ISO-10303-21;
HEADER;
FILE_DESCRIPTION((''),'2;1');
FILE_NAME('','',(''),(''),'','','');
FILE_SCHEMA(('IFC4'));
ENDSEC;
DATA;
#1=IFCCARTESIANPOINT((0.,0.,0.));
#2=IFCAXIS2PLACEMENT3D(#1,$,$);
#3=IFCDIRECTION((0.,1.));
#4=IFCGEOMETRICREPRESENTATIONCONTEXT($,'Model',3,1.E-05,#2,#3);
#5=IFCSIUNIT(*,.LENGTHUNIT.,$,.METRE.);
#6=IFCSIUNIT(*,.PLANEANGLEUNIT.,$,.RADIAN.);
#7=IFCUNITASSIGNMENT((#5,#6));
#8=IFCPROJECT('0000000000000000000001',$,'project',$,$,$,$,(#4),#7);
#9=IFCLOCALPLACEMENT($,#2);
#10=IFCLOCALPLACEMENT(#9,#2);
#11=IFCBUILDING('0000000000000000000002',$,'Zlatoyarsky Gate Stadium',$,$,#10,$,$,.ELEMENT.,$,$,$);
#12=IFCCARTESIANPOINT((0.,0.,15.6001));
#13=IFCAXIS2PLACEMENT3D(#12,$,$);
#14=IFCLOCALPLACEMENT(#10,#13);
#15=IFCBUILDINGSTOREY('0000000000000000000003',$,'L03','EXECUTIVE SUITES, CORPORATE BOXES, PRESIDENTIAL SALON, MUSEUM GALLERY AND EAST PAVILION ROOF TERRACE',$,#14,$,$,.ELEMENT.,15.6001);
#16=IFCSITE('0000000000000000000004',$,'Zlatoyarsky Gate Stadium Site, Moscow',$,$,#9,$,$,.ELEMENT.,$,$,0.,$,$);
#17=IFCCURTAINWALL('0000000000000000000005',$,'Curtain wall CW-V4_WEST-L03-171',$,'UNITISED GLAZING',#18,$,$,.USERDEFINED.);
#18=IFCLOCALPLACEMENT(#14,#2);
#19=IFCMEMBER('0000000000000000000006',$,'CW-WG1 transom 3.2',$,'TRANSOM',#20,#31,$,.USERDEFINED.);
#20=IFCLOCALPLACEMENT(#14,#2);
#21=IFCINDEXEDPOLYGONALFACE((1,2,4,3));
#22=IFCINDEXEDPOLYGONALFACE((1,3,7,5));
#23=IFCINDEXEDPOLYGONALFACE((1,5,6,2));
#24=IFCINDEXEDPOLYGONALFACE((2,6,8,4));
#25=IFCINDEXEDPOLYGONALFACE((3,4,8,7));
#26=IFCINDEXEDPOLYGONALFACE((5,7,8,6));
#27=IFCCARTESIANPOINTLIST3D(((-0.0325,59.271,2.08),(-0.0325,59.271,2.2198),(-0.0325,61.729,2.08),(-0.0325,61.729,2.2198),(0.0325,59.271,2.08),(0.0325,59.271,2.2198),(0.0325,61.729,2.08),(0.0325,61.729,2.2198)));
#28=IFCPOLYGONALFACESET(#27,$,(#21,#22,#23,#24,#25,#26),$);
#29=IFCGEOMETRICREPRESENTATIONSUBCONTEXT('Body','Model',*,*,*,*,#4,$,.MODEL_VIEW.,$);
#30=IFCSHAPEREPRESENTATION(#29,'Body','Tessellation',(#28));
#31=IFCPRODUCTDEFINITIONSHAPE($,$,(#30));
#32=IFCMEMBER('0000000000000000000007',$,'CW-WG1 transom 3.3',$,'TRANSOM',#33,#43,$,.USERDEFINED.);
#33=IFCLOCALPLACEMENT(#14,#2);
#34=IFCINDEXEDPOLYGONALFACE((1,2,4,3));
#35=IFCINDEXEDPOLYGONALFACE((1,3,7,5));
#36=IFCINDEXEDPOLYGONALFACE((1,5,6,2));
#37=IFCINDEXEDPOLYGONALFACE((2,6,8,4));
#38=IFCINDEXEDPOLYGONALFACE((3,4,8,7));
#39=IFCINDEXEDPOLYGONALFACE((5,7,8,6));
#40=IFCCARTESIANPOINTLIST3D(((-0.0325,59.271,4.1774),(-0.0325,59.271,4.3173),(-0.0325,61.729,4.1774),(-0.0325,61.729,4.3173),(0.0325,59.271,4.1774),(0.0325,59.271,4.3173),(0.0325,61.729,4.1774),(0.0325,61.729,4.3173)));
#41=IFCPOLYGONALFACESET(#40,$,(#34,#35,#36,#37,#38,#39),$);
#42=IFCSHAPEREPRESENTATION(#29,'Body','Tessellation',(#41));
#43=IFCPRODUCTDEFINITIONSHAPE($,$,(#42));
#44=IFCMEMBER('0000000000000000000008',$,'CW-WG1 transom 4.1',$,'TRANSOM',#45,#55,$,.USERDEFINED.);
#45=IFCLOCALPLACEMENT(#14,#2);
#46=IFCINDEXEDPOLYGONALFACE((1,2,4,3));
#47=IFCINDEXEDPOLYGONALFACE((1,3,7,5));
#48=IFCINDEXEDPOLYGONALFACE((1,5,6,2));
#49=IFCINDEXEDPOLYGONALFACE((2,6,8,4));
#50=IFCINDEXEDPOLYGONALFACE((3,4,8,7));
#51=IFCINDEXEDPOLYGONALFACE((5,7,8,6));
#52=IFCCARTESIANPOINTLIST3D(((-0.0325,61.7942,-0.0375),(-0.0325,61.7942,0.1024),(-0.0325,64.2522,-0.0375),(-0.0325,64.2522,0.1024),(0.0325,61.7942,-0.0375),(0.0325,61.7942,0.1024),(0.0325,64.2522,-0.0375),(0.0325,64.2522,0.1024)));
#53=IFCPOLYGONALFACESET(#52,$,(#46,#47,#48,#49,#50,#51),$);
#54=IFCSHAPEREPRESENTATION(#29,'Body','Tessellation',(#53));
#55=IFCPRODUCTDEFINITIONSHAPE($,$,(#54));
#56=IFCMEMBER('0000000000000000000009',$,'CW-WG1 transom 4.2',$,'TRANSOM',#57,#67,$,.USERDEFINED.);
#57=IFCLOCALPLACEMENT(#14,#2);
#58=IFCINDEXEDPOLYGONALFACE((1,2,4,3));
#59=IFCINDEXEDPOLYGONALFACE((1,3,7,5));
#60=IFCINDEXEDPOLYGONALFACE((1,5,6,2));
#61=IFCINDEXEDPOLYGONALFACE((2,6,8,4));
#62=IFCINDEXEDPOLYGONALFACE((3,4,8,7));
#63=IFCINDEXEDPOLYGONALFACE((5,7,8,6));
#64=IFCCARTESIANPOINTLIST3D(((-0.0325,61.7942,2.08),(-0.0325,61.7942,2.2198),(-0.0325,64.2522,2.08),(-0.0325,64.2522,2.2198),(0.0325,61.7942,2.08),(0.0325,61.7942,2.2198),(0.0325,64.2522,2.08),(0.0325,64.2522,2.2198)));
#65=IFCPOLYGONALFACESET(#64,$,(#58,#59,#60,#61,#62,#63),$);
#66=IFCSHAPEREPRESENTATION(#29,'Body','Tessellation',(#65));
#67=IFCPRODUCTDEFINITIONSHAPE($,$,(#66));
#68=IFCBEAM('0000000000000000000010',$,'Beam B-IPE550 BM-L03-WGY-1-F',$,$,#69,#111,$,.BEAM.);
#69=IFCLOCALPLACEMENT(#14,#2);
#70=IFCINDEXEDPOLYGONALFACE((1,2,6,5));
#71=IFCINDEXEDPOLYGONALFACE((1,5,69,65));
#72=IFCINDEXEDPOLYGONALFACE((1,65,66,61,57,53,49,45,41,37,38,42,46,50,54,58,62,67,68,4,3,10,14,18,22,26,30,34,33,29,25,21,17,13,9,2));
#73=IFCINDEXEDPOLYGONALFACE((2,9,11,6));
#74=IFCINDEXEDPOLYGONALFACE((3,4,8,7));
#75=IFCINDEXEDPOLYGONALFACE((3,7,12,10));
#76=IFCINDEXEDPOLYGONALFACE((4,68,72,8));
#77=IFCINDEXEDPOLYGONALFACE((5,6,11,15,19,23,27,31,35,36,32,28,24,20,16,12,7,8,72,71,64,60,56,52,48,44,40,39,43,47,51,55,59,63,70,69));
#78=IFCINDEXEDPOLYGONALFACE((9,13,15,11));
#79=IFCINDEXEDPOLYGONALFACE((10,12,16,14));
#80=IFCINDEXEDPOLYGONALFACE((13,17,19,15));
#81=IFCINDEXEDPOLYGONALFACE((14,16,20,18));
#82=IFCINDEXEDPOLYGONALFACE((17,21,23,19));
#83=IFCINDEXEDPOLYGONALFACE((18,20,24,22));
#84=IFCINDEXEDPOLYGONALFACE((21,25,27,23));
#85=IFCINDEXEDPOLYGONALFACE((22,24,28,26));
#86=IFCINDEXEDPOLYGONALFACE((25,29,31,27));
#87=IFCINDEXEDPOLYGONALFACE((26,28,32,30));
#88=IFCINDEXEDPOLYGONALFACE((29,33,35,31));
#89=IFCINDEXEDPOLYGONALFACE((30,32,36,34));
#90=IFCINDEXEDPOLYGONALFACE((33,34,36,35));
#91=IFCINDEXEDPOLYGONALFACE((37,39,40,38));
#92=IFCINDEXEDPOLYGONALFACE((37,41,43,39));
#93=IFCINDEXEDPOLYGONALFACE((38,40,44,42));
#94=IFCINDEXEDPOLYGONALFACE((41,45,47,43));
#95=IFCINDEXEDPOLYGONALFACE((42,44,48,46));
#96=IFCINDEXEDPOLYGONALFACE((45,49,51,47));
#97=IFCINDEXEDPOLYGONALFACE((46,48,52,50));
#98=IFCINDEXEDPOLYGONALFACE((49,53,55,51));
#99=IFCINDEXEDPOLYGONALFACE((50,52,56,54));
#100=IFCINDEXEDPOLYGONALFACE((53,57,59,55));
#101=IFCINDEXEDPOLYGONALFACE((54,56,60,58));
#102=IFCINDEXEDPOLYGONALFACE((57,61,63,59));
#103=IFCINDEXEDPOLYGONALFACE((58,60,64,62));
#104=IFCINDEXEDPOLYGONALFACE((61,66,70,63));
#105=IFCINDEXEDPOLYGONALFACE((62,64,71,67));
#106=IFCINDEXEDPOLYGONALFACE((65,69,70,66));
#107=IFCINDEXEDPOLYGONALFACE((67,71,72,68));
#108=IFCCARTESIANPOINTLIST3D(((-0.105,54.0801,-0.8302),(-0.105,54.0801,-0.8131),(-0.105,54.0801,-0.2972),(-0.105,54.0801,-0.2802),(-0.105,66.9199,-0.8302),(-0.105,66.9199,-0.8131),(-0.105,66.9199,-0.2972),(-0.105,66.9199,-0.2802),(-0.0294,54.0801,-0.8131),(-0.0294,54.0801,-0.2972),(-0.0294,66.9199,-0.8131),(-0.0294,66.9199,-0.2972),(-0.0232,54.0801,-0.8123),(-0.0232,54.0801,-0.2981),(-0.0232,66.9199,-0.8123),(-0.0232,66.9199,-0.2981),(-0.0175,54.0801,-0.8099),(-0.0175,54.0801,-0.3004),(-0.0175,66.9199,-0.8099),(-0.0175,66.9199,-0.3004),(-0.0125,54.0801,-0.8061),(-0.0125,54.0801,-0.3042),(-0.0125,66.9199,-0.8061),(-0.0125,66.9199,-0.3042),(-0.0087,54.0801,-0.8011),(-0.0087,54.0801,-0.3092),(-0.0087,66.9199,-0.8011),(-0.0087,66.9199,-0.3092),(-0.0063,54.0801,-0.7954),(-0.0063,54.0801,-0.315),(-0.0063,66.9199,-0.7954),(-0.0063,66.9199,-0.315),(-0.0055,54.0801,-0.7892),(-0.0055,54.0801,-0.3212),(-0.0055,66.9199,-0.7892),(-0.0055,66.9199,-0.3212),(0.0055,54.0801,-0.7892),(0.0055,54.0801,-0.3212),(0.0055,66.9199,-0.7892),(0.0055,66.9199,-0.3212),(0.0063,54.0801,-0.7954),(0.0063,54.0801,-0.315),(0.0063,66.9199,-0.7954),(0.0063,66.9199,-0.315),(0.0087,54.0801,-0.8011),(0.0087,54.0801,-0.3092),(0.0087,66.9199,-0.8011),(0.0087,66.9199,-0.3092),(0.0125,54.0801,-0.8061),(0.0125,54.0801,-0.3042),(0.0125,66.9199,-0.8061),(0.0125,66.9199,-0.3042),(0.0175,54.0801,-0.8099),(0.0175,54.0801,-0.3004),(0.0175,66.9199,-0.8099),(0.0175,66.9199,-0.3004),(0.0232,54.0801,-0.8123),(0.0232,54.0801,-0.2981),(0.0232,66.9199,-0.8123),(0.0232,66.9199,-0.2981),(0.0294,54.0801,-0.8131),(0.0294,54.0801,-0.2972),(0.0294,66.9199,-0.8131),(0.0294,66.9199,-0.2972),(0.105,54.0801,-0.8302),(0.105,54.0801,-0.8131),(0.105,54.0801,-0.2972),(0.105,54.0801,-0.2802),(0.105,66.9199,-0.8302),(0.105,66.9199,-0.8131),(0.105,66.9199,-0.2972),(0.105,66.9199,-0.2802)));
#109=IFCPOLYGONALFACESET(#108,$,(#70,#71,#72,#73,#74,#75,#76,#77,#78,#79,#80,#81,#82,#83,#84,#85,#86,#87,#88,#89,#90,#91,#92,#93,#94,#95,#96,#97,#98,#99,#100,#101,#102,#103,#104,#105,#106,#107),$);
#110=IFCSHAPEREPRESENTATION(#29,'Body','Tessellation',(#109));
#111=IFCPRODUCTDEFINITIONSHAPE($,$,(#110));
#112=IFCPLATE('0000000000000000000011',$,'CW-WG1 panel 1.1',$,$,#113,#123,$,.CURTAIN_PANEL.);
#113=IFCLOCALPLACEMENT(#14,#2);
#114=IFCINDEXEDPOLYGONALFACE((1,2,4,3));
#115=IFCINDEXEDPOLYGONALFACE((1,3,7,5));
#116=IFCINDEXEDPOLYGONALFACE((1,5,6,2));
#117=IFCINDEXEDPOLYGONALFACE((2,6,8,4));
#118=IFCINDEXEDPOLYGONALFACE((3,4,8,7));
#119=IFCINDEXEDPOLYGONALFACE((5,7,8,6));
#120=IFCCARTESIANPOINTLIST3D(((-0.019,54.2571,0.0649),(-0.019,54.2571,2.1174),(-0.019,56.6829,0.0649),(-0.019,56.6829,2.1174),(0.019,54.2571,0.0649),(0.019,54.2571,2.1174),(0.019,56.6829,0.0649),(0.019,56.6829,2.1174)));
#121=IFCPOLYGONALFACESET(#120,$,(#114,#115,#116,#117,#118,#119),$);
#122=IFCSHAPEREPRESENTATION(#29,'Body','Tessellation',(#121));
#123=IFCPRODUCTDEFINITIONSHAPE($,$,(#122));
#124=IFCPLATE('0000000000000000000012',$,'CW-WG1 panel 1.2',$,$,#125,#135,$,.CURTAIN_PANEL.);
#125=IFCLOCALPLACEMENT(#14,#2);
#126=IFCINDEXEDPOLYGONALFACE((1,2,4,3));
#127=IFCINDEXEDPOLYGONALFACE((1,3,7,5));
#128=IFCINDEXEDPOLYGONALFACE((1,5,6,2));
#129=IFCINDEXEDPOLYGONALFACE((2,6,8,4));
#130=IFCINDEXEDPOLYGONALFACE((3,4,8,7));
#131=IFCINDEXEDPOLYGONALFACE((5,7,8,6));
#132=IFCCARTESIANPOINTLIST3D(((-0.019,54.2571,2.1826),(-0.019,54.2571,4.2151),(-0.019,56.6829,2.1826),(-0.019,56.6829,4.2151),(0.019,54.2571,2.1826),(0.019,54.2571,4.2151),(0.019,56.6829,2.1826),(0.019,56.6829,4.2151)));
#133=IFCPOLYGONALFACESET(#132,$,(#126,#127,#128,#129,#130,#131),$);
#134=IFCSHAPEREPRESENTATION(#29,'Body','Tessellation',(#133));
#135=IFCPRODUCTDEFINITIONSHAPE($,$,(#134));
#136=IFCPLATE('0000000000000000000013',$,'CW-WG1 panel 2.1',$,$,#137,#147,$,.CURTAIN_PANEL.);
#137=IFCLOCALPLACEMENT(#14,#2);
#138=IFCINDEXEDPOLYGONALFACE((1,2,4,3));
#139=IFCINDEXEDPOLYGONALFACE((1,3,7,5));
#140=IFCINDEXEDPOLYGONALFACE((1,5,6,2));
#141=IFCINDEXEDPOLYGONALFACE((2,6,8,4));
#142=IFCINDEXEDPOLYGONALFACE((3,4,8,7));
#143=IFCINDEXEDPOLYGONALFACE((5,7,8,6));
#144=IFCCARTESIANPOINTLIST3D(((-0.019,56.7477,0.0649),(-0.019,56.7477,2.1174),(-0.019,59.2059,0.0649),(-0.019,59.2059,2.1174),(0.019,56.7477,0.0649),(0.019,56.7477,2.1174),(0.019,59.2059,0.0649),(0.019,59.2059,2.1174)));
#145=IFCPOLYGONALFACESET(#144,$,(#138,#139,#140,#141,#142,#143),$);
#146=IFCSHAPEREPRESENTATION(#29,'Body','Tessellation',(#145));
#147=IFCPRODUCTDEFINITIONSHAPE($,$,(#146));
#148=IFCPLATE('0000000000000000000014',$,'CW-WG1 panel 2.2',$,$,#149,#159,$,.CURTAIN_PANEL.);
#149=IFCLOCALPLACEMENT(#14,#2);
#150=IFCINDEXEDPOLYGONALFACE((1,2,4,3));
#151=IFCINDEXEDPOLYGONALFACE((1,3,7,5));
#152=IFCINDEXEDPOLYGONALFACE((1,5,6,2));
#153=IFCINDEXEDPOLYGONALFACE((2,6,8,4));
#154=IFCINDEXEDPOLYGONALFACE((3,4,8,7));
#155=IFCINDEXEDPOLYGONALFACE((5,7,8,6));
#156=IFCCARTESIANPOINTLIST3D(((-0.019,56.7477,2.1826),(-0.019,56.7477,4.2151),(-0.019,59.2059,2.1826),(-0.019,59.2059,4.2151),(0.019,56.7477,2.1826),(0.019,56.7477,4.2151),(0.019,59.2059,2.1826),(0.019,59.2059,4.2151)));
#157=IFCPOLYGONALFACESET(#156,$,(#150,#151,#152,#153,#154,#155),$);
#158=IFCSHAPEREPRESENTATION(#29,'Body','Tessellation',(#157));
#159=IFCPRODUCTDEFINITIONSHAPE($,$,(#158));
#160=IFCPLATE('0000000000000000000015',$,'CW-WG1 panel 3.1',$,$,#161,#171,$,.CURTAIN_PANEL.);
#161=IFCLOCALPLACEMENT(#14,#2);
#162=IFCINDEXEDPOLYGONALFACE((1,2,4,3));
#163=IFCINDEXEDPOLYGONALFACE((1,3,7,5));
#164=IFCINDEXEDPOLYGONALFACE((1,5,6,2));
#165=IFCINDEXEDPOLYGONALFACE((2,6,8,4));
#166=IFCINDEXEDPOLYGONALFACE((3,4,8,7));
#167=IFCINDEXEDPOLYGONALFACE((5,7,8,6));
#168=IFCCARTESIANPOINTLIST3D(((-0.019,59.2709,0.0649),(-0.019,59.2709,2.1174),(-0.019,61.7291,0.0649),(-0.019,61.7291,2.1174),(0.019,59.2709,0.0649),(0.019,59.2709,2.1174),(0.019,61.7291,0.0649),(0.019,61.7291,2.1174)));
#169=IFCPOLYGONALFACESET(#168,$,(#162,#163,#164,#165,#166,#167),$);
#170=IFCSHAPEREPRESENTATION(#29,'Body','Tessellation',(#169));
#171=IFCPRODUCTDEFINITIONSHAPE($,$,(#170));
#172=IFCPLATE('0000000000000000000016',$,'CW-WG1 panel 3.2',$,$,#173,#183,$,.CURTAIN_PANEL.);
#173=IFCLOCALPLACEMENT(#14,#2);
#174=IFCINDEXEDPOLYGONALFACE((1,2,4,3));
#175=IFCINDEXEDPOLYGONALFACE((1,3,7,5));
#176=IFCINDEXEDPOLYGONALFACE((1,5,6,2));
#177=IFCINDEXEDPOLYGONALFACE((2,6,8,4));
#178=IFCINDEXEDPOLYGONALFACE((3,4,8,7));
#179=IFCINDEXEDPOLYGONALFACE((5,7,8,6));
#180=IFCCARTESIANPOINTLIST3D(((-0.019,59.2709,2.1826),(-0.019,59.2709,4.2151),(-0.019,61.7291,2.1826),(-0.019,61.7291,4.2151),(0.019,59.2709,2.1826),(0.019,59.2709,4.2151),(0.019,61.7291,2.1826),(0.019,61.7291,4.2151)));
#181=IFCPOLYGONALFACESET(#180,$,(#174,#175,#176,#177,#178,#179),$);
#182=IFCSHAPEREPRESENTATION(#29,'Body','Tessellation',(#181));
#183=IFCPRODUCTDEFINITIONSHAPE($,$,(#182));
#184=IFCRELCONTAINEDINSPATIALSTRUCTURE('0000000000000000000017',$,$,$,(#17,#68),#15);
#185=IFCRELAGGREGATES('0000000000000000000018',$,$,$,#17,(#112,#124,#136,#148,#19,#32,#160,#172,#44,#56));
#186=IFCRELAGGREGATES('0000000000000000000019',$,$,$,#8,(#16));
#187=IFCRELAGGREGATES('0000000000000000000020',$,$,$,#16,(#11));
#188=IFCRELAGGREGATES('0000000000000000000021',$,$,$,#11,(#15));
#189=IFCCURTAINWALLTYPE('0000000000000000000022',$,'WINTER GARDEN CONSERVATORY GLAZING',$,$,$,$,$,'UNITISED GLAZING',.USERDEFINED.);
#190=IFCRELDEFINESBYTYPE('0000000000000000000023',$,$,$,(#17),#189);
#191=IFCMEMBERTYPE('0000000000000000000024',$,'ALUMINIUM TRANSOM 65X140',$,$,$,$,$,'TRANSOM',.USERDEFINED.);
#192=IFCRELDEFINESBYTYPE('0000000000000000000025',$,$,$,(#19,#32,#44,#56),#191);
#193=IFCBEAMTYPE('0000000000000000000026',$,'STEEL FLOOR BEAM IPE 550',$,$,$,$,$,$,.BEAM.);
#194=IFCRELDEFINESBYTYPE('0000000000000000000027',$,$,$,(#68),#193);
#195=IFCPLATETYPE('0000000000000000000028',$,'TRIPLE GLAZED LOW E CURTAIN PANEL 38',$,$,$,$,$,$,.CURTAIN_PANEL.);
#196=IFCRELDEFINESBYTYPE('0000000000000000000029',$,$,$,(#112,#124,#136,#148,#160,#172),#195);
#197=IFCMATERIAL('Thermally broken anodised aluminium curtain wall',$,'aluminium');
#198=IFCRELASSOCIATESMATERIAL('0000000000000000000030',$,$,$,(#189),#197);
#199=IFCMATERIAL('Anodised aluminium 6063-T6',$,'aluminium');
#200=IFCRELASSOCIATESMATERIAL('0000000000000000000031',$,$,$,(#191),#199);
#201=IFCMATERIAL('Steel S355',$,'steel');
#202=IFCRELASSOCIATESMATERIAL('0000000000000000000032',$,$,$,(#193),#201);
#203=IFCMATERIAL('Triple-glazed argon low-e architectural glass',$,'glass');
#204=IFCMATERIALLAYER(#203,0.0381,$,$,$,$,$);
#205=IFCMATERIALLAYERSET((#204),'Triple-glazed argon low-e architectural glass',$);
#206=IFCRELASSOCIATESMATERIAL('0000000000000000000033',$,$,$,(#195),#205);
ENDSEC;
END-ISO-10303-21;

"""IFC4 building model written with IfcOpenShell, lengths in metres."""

from ifc_helpers import new_model, si_unit, direction, frame, origin, origin_2d, place, context, subcontext, project, spatial, rectangle, i_section, extrude, material, layer, layer_set, material_profile, profile_set, type_object, element, aggregate, save


model = new_model("IFC4")

# Units and contexts
model_context = context("Model", 3, precision=1e-05, world=origin(), true_north=direction((0.0, 1.0)))
body_context = subcontext(model_context, "Body", "Model", "MODEL_VIEW")
ifc_project = project(units=[si_unit("LENGTHUNIT", "METRE"), si_unit("PLANEANGLEUNIT", "RADIAN")], contexts=[model_context])

# Site, building, storey
site_placement = place(None, origin())
site = spatial("IfcSite", under=ifc_project, at=site_placement, Name="Zlatoyarsky Gate Stadium Site, Moscow", CompositionType="ELEMENT", RefElevation=0.0)
building_placement = place(site_placement, origin())
building = spatial("IfcBuilding", under=site, at=building_placement, Name="Zlatoyarsky Gate Stadium", CompositionType="ELEMENT")
storey_placement = place(building_placement, frame((0.0, 0.0, 15.6001)))
storey = spatial("IfcBuildingStorey", under=building, at=storey_placement, Name="L03", Description="EXECUTIVE SUITES, CORPORATE BOXES, PRESIDENTIAL SALON, MUSEUM GALLERY AND EAST PAVILION ROOF TERRACE", CompositionType="ELEMENT", Elevation=15.6001)

# Shared definitions
ifc_material_1 = material(Name="Steel S355", Category="steel")

# Curtain wall, members
ifc_material_2 = material(Name="Thermally broken anodised aluminium curtain wall", Category="aluminium")
curtain_wall_type = type_object("IfcCurtainWallType", Name="WINTER GARDEN CONSERVATORY GLAZING", ElementType="UNITISED GLAZING", PredefinedType="USERDEFINED", material=ifc_material_2)
curtain_wall_placement = place(storey_placement, origin())
curtain_wall = element("IfcCurtainWall", 1, at=curtain_wall_placement, inside=storey, type_object=curtain_wall_type, Name="Curtain wall CW-V4_WEST-L03-171", ObjectType="UNITISED GLAZING", PredefinedType="USERDEFINED")
ifc_material_3 = material(Name="Anodised aluminium 6063-T6", Category="aluminium")
ifc_material_profile_1 = material_profile(ifc_material_3, rectangle(XDim=0.0649, YDim=0.1399, at=origin_2d()), Name="ALU 65X140")
ifc_profile_set_1 = profile_set([ifc_material_profile_1], Name="Anodised aluminium 6063-T6")
member_type_1 = type_object("IfcMemberType", Name="ALUMINIUM TRANSOM 65X140", ElementType="TRANSOM", PredefinedType="USERDEFINED", material=ifc_profile_set_1)
member_1_placement = place(storey_placement, frame((0.0, 59.271, 2.1499), z_axis=(0.0, 1.0, 0.0), x_axis=(-1.0, 0.0, 0.0)))
member_1 = element("IfcMember", 2, at=member_1_placement, type_object=member_type_1, Name="CW-WG1 transom 3.2", ObjectType="TRANSOM", PredefinedType="USERDEFINED", context=body_context, shape_type="SweptSolid", body=[
    extrude(rectangle(XDim=0.0649, YDim=0.1399, at=origin_2d()), origin(), (0.0, 0.0, 1.0), 2.458),
])
member_2_placement = place(storey_placement, frame((0.0, 59.271, 4.2473), z_axis=(0.0, 1.0, 0.0), x_axis=(-1.0, 0.0, 0.0)))
member_2 = element("IfcMember", 3, at=member_2_placement, type_object=member_type_1, Name="CW-WG1 transom 3.3", ObjectType="TRANSOM", PredefinedType="USERDEFINED", context=body_context, shape_type="SweptSolid", body=[
    extrude(rectangle(XDim=0.0649, YDim=0.1399, at=origin_2d()), origin(), (0.0, 0.0, 1.0), 2.458),
])
member_3_placement = place(storey_placement, frame((0.0, 61.7942, 0.0325), z_axis=(0.0, 1.0, 0.0), x_axis=(-1.0, 0.0, 0.0)))
member_3 = element("IfcMember", 4, at=member_3_placement, type_object=member_type_1, Name="CW-WG1 transom 4.1", ObjectType="TRANSOM", PredefinedType="USERDEFINED", context=body_context, shape_type="SweptSolid", body=[
    extrude(rectangle(XDim=0.0649, YDim=0.1399, at=origin_2d()), origin(), (0.0, 0.0, 1.0), 2.458),
])
member_4_placement = place(storey_placement, frame((0.0, 61.7942, 2.1499), z_axis=(0.0, 1.0, 0.0), x_axis=(-1.0, 0.0, 0.0)))
member_4 = element("IfcMember", 5, at=member_4_placement, type_object=member_type_1, Name="CW-WG1 transom 4.2", ObjectType="TRANSOM", PredefinedType="USERDEFINED", context=body_context, shape_type="SweptSolid", body=[
    extrude(rectangle(XDim=0.0649, YDim=0.1399, at=origin_2d()), origin(), (0.0, 0.0, 1.0), 2.458),
])

# Beam
ifc_material_profile_2 = material_profile(ifc_material_1, i_section(OverallWidth=0.21, OverallDepth=0.55, WebThickness=0.011, FlangeThickness=0.0171, FilletRadius=0.0239, at=origin_2d()), Name="IPE 550")
ifc_profile_set_2 = profile_set([ifc_material_profile_2], Name="Steel S355")
beam_type = type_object("IfcBeamType", Name="STEEL FLOOR BEAM IPE 550", PredefinedType="BEAM", material=ifc_profile_set_2)
beam_placement = place(storey_placement, frame((0.0, 54.0801, -0.5552), z_axis=(0.0, 1.0, 0.0), x_axis=(-1.0, 0.0, 0.0)))
element("IfcBeam", 6, at=beam_placement, inside=storey, type_object=beam_type, Name="Beam B-IPE550 BM-L03-WGY-1-F", PredefinedType="BEAM", context=body_context, shape_type="SweptSolid", body=[
    extrude(i_section(OverallWidth=0.21, OverallDepth=0.55, WebThickness=0.011, FlangeThickness=0.0171, FilletRadius=0.0239, at=origin_2d()), origin(), (0.0, 0.0, 1.0), 12.8398),
])

# Plates
ifc_material_4 = material(Name="Triple-glazed argon low-e architectural glass", Category="glass")
ifc_layer = layer(ifc_material_4, 0.0381)
ifc_layer_set = layer_set([ifc_layer], Name="Triple-glazed argon low-e architectural glass")
plate_type = type_object("IfcPlateType", Name="TRIPLE GLAZED LOW E CURTAIN PANEL 38", PredefinedType="CURTAIN_PANEL", material=ifc_layer_set)
plate_1_placement = place(storey_placement, frame((0.0, 55.47, 0.0649), z_axis=(0.0, 0.0, 1.0), x_axis=(0.0, 1.0, 0.0)))
plate_1 = element("IfcPlate", 7, at=plate_1_placement, type_object=plate_type, Name="CW-WG1 panel 1.1", PredefinedType="CURTAIN_PANEL", context=body_context, shape_type="SweptSolid", body=[
    extrude(rectangle(XDim=2.4258, YDim=0.0381, at=origin_2d()), origin(), (0.0, 0.0, 1.0), 2.0525),
])
plate_2_placement = place(storey_placement, frame((0.0, 55.47, 2.1826), z_axis=(0.0, 0.0, 1.0), x_axis=(0.0, 1.0, 0.0)))
plate_2 = element("IfcPlate", 8, at=plate_2_placement, type_object=plate_type, Name="CW-WG1 panel 1.2", PredefinedType="CURTAIN_PANEL", context=body_context, shape_type="SweptSolid", body=[
    extrude(rectangle(XDim=2.4258, YDim=0.0381, at=origin_2d()), origin(), (0.0, 0.0, 1.0), 2.0325),
])
plate_3_placement = place(storey_placement, frame((0.0, 57.9768, 0.0649), z_axis=(0.0, 0.0, 1.0), x_axis=(0.0, 1.0, 0.0)))
plate_3 = element("IfcPlate", 9, at=plate_3_placement, type_object=plate_type, Name="CW-WG1 panel 2.1", PredefinedType="CURTAIN_PANEL", context=body_context, shape_type="SweptSolid", body=[
    extrude(rectangle(XDim=2.4583, YDim=0.0381, at=origin_2d()), origin(), (0.0, 0.0, 1.0), 2.0525),
])
plate_4_placement = place(storey_placement, frame((0.0, 57.9768, 2.1826), z_axis=(0.0, 0.0, 1.0), x_axis=(0.0, 1.0, 0.0)))
plate_4 = element("IfcPlate", 10, at=plate_4_placement, type_object=plate_type, Name="CW-WG1 panel 2.2", PredefinedType="CURTAIN_PANEL", context=body_context, shape_type="SweptSolid", body=[
    extrude(rectangle(XDim=2.4583, YDim=0.0381, at=origin_2d()), origin(), (0.0, 0.0, 1.0), 2.0325),
])
plate_5_placement = place(storey_placement, frame((0.0, 60.5, 0.0649), z_axis=(0.0, 0.0, 1.0), x_axis=(0.0, 1.0, 0.0)))
plate_5 = element("IfcPlate", 11, at=plate_5_placement, type_object=plate_type, Name="CW-WG1 panel 3.1", PredefinedType="CURTAIN_PANEL", context=body_context, shape_type="SweptSolid", body=[
    extrude(rectangle(XDim=2.4583, YDim=0.0381, at=origin_2d()), origin(), (0.0, 0.0, 1.0), 2.0525),
])
plate_6_placement = place(storey_placement, frame((0.0, 60.5, 2.1826), z_axis=(0.0, 0.0, 1.0), x_axis=(0.0, 1.0, 0.0)))
plate_6 = element("IfcPlate", 12, at=plate_6_placement, type_object=plate_type, Name="CW-WG1 panel 3.2", PredefinedType="CURTAIN_PANEL", context=body_context, shape_type="SweptSolid", body=[
    extrude(rectangle(XDim=2.4583, YDim=0.0381, at=origin_2d()), origin(), (0.0, 0.0, 1.0), 2.0325),
])
aggregate(curtain_wall, [plate_1, plate_2, plate_3, plate_4, member_1, member_2, plate_5, plate_6, member_3, member_4])

save(model, "model.ifc")
